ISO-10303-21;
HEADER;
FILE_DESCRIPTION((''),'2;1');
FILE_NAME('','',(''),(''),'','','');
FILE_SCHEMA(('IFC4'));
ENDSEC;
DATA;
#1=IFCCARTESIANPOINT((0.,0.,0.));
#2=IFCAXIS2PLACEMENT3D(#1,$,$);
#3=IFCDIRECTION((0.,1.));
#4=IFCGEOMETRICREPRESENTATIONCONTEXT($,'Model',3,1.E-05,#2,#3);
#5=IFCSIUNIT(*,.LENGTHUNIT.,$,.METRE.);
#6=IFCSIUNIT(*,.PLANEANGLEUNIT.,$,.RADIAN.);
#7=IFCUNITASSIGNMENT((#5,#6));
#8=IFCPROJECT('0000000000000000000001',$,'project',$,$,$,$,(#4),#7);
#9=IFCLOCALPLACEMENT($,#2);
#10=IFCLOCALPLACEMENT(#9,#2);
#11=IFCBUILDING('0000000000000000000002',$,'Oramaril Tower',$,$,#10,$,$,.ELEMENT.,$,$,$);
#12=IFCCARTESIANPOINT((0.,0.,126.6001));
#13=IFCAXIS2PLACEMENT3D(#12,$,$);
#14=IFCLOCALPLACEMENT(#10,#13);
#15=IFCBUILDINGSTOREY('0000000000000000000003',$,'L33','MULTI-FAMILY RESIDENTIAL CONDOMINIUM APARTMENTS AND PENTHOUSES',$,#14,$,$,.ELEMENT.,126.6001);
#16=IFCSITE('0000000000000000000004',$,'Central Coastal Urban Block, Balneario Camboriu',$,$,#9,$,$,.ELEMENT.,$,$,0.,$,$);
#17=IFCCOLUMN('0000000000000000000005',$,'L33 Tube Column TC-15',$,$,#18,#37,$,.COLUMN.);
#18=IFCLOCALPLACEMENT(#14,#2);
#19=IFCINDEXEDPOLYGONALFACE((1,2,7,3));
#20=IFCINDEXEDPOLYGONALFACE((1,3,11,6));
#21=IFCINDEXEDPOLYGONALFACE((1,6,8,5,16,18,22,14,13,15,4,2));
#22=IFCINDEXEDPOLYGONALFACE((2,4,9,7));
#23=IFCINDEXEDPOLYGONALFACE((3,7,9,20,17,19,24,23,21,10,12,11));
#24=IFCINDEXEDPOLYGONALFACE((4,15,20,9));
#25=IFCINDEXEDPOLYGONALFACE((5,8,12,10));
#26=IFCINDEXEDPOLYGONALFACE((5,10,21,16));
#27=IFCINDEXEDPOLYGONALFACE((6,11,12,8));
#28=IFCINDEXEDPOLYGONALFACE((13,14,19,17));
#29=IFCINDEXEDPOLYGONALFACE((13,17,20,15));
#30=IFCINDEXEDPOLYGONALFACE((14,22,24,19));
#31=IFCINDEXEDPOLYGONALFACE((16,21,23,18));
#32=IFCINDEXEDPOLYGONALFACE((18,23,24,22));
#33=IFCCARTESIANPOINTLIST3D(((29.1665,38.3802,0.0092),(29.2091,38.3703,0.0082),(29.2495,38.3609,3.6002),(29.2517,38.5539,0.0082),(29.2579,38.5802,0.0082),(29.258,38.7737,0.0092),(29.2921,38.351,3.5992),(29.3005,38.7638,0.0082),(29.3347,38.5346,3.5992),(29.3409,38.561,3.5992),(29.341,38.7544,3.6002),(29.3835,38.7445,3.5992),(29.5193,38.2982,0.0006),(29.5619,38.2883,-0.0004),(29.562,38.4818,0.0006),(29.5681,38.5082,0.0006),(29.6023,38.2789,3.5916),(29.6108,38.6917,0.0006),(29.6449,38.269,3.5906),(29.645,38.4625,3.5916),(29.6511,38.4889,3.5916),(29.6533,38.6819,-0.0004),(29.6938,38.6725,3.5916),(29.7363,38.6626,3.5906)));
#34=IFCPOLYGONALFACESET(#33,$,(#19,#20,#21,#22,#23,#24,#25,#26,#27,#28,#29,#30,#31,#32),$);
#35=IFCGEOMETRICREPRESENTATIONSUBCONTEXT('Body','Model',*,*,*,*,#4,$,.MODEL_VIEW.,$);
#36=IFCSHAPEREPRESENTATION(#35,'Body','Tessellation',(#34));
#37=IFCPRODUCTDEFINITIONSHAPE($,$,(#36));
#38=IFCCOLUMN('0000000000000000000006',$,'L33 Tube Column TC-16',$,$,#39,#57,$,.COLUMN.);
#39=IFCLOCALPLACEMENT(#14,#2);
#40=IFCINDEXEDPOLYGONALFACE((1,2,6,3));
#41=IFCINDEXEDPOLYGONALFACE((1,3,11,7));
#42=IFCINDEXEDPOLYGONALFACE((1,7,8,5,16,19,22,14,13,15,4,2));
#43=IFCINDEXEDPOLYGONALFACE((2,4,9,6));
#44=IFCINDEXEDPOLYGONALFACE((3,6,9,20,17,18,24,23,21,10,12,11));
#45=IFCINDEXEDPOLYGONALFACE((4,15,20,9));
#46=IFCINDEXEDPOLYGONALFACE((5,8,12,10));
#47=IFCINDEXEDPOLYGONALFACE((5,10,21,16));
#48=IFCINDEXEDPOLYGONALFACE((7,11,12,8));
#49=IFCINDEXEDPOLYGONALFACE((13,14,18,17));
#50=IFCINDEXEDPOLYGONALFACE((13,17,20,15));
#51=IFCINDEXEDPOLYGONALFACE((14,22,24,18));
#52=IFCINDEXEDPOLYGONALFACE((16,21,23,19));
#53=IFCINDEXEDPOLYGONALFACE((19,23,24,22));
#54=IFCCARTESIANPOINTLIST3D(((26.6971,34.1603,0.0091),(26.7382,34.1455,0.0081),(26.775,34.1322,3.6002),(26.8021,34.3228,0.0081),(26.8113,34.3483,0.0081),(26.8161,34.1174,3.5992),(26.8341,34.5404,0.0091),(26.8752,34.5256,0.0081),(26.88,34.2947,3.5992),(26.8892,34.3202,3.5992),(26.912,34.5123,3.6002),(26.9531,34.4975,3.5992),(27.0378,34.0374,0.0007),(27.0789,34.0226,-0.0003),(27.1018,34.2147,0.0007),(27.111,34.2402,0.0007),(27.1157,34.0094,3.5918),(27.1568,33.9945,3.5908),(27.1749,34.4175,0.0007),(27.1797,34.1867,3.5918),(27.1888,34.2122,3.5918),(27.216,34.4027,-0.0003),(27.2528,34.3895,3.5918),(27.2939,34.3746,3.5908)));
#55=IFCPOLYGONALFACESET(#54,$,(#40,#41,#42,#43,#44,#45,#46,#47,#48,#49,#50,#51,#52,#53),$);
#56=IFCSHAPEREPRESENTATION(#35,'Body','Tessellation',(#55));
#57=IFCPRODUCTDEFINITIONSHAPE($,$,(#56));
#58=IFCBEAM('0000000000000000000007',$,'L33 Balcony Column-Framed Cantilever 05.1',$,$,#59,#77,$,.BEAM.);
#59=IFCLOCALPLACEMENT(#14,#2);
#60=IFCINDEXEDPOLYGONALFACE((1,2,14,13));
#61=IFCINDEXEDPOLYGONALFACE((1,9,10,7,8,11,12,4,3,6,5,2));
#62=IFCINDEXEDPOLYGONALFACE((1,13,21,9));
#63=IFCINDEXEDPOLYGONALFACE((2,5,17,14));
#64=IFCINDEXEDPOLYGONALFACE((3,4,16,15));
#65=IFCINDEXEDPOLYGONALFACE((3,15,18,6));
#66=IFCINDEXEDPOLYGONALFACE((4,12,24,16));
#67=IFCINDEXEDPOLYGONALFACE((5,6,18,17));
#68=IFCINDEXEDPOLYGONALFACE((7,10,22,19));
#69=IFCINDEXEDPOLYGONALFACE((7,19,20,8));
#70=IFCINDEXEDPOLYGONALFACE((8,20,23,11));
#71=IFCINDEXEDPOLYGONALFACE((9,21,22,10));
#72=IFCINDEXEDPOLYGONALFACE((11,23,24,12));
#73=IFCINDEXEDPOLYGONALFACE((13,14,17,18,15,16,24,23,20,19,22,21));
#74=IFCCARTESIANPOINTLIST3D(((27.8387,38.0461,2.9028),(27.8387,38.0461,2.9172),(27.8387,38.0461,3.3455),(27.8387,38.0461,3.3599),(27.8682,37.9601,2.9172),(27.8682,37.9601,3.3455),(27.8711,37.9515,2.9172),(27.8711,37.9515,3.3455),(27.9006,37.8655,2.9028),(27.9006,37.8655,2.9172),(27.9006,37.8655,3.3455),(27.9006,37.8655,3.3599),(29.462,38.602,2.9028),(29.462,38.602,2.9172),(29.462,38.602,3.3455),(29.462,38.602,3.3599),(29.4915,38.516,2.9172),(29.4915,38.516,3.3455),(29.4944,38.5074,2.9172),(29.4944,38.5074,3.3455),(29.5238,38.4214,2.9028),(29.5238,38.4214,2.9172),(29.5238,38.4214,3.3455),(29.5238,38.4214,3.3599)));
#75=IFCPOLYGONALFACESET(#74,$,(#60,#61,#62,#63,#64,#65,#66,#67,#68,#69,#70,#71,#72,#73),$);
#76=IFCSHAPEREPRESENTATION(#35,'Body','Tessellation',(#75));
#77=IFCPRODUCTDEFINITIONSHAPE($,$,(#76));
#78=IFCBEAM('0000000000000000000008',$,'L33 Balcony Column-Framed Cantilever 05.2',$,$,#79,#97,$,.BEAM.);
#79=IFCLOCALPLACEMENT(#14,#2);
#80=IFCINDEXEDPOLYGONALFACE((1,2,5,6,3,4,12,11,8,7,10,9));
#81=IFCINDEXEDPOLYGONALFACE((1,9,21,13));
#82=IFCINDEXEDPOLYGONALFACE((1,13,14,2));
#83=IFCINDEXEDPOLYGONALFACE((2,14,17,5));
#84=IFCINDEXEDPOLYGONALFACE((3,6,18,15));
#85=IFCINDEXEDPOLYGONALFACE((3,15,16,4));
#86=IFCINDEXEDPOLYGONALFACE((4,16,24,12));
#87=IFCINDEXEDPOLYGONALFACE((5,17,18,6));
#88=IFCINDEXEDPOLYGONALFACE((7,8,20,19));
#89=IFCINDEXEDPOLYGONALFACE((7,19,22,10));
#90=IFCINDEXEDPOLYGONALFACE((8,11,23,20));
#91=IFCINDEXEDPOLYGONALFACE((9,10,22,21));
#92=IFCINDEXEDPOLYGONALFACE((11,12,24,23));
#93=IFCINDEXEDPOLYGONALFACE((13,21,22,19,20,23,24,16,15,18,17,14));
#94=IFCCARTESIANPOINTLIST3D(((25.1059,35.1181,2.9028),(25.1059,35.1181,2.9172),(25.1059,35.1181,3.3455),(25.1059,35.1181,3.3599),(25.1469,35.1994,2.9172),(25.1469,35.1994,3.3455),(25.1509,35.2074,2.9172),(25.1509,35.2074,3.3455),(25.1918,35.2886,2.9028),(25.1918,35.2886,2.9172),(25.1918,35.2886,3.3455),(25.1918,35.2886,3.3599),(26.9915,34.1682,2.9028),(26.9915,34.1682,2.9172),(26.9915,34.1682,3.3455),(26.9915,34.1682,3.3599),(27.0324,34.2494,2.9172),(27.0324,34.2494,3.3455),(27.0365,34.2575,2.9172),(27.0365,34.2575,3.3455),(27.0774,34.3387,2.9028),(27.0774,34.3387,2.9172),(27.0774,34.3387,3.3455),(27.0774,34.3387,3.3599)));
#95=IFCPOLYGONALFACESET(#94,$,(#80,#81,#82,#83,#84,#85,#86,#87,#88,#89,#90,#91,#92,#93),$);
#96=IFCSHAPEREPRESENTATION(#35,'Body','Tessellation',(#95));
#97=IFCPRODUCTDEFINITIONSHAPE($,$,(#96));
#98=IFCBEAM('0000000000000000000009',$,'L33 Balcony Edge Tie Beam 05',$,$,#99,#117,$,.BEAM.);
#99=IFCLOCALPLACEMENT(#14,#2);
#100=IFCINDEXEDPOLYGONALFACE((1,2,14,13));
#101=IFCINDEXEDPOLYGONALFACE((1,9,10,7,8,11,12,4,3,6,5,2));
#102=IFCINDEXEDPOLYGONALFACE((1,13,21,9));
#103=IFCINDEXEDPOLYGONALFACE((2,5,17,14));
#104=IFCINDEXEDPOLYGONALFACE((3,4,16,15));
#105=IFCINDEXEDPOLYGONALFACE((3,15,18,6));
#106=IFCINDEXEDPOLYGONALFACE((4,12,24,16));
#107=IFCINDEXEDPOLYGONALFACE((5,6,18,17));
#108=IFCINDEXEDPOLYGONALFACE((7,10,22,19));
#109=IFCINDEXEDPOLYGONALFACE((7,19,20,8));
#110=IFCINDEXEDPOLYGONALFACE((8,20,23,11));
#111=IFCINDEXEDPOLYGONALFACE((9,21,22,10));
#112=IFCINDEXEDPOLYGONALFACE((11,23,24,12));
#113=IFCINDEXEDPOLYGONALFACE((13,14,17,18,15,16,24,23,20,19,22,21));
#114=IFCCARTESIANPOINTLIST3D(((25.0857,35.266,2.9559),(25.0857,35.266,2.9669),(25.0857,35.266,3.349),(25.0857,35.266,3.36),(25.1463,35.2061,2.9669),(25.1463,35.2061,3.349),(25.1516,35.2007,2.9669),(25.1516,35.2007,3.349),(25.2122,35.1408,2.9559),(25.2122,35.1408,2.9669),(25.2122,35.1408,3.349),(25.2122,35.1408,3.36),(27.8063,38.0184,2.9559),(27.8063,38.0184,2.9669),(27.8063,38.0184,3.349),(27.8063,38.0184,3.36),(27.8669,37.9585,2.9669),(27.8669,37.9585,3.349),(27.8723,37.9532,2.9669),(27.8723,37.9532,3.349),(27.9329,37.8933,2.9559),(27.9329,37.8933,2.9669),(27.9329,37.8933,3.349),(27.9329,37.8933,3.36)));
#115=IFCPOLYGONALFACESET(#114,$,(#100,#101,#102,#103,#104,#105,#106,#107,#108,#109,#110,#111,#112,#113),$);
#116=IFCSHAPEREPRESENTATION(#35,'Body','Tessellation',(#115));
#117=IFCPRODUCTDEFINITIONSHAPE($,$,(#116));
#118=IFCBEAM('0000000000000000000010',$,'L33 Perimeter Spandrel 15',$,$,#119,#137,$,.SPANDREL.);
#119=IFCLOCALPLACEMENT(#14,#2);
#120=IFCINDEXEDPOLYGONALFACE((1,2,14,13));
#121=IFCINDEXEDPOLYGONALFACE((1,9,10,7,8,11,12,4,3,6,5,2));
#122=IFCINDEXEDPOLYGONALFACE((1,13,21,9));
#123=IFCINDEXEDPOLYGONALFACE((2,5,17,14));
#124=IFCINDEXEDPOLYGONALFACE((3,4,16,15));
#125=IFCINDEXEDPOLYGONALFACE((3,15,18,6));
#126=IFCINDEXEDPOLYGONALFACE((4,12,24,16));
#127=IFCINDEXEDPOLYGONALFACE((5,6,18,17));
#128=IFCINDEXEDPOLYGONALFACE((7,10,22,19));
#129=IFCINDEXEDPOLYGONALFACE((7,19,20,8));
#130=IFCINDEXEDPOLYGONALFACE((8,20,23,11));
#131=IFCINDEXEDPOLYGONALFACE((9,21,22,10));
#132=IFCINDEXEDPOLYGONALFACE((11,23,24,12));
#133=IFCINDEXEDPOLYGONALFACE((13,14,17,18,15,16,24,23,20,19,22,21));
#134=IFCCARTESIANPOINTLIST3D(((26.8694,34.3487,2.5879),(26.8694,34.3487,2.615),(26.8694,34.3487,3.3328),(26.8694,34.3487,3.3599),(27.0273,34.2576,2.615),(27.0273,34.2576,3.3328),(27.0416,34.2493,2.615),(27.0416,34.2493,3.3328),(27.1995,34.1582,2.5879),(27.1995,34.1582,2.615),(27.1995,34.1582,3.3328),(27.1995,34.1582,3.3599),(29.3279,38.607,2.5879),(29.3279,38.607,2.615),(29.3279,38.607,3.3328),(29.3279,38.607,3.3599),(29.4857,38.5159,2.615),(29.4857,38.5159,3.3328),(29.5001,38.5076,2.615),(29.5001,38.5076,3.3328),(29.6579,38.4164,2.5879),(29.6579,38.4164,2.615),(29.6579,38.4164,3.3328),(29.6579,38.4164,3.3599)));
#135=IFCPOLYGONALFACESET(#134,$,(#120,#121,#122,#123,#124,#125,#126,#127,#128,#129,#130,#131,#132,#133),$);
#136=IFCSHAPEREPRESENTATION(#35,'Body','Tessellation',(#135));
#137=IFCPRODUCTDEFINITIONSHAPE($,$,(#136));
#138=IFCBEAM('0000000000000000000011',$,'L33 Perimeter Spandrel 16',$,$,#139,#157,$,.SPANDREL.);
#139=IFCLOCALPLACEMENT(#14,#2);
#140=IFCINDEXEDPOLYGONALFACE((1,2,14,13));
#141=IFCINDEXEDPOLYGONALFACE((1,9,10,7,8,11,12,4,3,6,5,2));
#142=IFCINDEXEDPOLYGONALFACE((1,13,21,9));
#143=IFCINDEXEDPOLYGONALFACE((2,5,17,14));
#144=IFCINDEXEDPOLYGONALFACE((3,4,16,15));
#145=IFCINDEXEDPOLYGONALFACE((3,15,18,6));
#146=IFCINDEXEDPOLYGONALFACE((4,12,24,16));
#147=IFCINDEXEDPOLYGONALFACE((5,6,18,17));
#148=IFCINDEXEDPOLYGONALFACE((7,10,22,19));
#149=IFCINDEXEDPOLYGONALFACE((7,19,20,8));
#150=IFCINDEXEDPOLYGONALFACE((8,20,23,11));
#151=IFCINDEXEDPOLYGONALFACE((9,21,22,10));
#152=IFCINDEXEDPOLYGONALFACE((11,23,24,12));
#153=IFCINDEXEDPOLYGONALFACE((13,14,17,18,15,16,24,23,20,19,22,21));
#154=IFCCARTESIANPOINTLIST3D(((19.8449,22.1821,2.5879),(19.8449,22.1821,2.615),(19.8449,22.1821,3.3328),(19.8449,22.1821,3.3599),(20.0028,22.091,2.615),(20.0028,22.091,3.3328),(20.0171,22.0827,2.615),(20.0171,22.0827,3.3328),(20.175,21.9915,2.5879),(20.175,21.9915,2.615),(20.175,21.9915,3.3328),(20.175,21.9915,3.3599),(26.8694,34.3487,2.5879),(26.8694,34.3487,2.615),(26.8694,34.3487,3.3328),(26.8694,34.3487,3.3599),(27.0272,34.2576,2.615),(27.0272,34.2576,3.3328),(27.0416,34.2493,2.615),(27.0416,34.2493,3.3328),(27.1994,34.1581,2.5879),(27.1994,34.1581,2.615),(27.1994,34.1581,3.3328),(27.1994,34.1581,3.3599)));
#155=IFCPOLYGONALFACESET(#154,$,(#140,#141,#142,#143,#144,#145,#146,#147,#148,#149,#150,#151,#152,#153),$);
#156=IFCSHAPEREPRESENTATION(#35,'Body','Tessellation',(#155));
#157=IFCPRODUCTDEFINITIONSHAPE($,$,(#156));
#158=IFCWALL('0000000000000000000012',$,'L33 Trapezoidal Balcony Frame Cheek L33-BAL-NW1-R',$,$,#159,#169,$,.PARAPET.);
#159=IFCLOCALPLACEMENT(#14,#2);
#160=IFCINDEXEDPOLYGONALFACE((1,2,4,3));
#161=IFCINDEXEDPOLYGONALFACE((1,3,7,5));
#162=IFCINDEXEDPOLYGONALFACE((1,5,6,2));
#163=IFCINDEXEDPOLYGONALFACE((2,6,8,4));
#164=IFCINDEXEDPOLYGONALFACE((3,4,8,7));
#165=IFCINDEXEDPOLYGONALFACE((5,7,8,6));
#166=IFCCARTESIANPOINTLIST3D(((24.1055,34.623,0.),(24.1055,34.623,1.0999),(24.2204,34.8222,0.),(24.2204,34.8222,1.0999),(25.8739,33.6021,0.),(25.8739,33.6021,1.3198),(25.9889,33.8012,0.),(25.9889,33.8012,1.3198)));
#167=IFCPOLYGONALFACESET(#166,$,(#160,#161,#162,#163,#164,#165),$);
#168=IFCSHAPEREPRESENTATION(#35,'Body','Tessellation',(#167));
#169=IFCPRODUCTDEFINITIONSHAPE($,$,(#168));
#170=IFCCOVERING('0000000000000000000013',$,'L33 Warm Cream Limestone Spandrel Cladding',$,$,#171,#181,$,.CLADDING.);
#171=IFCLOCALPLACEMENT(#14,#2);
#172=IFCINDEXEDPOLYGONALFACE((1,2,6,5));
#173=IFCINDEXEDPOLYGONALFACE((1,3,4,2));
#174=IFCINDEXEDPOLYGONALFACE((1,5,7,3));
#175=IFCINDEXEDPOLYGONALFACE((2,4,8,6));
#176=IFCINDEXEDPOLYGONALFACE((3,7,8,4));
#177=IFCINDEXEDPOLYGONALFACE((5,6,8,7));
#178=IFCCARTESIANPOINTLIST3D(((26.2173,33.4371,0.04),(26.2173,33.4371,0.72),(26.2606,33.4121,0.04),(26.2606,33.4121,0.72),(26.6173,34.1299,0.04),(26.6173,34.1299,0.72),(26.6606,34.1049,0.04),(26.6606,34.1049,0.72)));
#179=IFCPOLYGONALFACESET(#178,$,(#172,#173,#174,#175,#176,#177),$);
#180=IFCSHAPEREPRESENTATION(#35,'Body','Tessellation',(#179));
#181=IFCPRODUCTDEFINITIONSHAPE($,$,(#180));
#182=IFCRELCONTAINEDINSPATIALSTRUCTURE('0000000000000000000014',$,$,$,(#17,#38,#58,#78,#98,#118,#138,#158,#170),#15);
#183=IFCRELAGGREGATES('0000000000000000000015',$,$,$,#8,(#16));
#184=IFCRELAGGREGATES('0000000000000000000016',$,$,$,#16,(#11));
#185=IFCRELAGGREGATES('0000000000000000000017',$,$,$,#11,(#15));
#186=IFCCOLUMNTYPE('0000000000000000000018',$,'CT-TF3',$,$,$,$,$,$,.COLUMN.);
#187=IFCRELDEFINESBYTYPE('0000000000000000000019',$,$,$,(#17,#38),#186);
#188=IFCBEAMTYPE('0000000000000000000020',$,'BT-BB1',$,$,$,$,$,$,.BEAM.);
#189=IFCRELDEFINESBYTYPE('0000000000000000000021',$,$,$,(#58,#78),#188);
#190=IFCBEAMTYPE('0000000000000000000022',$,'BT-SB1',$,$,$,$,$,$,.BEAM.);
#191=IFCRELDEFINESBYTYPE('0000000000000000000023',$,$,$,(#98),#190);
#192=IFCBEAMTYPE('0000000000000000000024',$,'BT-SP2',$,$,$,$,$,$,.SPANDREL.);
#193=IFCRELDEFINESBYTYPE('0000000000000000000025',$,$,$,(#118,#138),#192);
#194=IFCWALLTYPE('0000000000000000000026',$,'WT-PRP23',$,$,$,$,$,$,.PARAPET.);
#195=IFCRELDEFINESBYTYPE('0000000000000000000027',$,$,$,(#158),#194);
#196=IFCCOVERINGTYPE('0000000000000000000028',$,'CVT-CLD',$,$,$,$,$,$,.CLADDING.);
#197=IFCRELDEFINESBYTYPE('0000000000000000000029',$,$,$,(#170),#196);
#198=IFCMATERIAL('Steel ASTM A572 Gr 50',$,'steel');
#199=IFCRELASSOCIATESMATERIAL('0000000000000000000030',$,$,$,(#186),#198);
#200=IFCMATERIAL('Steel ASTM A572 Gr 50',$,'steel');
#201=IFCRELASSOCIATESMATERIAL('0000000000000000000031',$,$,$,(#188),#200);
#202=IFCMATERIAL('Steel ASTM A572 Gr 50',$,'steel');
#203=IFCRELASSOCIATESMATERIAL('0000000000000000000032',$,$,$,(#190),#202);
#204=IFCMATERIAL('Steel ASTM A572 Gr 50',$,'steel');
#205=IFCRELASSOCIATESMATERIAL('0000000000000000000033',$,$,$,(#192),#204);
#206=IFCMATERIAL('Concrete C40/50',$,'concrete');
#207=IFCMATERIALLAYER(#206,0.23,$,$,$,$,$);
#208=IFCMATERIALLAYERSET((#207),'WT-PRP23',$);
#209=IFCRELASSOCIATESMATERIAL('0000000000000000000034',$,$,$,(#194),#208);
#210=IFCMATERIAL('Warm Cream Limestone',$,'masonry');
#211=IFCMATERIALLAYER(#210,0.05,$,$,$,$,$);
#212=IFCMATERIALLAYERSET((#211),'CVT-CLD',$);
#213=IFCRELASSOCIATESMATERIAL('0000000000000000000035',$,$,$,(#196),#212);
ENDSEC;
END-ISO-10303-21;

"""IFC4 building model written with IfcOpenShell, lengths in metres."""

from ifc_helpers import new_model, si_unit, direction, frame, origin, origin_2d, place, context, subcontext, project, spatial, polyline, rectangle, i_section, outline, extrude, material, layer, layer_set, material_profile, profile_set, type_object, element, save


model = new_model("IFC4")

# Units and contexts
model_context = context("Model", 3, precision=1e-05, world=origin(), true_north=direction((0.0, 1.0)))
body_context = subcontext(model_context, "Body", "Model", "MODEL_VIEW")
ifc_project = project(units=[si_unit("LENGTHUNIT", "METRE"), si_unit("PLANEANGLEUNIT", "RADIAN")], contexts=[model_context])

# Site, building, storey
site_placement = place(None, origin())
site = spatial("IfcSite", under=ifc_project, at=site_placement, Name="Central Coastal Urban Block, Balneario Camboriu", CompositionType="ELEMENT", RefElevation=0.0)
building_placement = place(site_placement, origin())
building = spatial("IfcBuilding", under=site, at=building_placement, Name="Oramaril Tower", CompositionType="ELEMENT")
storey_placement = place(building_placement, frame((0.0, 0.0, 126.6001)))
storey = spatial("IfcBuildingStorey", under=building, at=storey_placement, Name="L33", Description="MULTI-FAMILY RESIDENTIAL CONDOMINIUM APARTMENTS AND PENTHOUSES", CompositionType="ELEMENT", Elevation=126.6001)

# Columns
ifc_material_1 = material(Name="Steel ASTM A572 Gr 50", Category="steel")
ifc_material_profile_1 = material_profile(ifc_material_1, i_section(OverallWidth=0.4041, OverallDepth=0.406, WebThickness=0.0271, FlangeThickness=0.0437, at=origin_2d()), Name="W14X233")
ifc_profile_set_1 = profile_set([ifc_material_profile_1], Name="Steel ASTM A572 Gr 50")
column_type = type_object("IfcColumnType", Name="CT-TF3", PredefinedType="COLUMN", material=ifc_profile_set_1)
for number, where, z_axis, x_axis, name in (
    (1, (29.4099, 38.531, 0.0044), (0.023109, -0.005369, 0.999719), (0.226324, 0.974052, 0.0), "L33 Tube Column TC-15"),
    (2, (26.9565, 34.2815, 0.0044), (0.021682, -0.007816, 0.999734), (0.339137, 0.940737, 0.0), "L33 Tube Column TC-16"),
):
    element("IfcColumn", number, at=place(storey_placement, frame(where, z_axis=z_axis, x_axis=x_axis)), inside=storey, type_object=column_type, Name=name, PredefinedType="COLUMN", context=body_context, shape_type="SweptSolid", body=[
        extrude(i_section(OverallWidth=0.4041, OverallDepth=0.406, WebThickness=0.0271, FlangeThickness=0.0437, at=origin_2d()), origin(), (0.0, 0.0, 1.0), 3.592),
    ])

# Beams
ifc_material_2 = material(Name="Steel ASTM A572 Gr 50", Category="steel")
ifc_material_profile_2 = material_profile(ifc_material_2, i_section(OverallWidth=0.1909, OverallDepth=0.457, WebThickness=0.009, FlangeThickness=0.0144, at=origin_2d()), Name="W18X50")
ifc_profile_set_2 = profile_set([ifc_material_profile_2], Name="Steel ASTM A572 Gr 50")
beam_type_1 = type_object("IfcBeamType", Name="BT-BB1", PredefinedType="BEAM", material=ifc_profile_set_2)
beam_1_placement = place(storey_placement, frame((29.4929, 38.5117, 3.1313), z_axis=(-0.946062, -0.323986, 0.0), x_axis=(0.323986, -0.946062, 0.0)))
element("IfcBeam", 3, at=beam_1_placement, inside=storey, type_object=beam_type_1, Name="L33 Balcony Column-Framed Cantilever 05.1", PredefinedType="BEAM", context=body_context, shape_type="SweptSolid", body=[
    extrude(i_section(OverallWidth=0.1909, OverallDepth=0.457, WebThickness=0.009, FlangeThickness=0.0144, at=origin_2d()), origin(), (0.0, 0.0, 1.0), 1.7158),
])
beam_2_placement = place(storey_placement, frame((27.0344, 34.2534, 3.1313), z_axis=(-0.893059, 0.449941, 0.0), x_axis=(-0.449941, -0.893059, 0.0)))
element("IfcBeam", 4, at=beam_2_placement, inside=storey, type_object=beam_type_1, Name="L33 Balcony Column-Framed Cantilever 05.2", PredefinedType="BEAM", context=body_context, shape_type="SweptSolid", body=[
    extrude(i_section(OverallWidth=0.1909, OverallDepth=0.457, WebThickness=0.009, FlangeThickness=0.0144, at=origin_2d()), origin(), (0.0, 0.0, 1.0), 2.1113),
])
ifc_material_3 = material(Name="Steel ASTM A572 Gr 50", Category="steel")
ifc_material_profile_3 = material_profile(ifc_material_3, i_section(OverallWidth=0.178, OverallDepth=0.4041, WebThickness=0.0076, FlangeThickness=0.011, at=origin_2d()), Name="W16X36")
ifc_profile_set_3 = profile_set([ifc_material_profile_3], Name="Steel ASTM A572 Gr 50")
beam_type_2 = type_object("IfcBeamType", Name="BT-SB1", PredefinedType="BEAM", material=ifc_profile_set_3)
beam_3_placement = place(storey_placement, frame((27.8696, 37.9558, 3.158), z_axis=(-0.702995, -0.711195, 0.0), x_axis=(0.711195, -0.702995, 0.0)))
element("IfcBeam", 5, at=beam_3_placement, inside=storey, type_object=beam_type_2, Name="L33 Balcony Edge Tie Beam 05", PredefinedType="BEAM", context=body_context, shape_type="SweptSolid", body=[
    extrude(i_section(OverallWidth=0.178, OverallDepth=0.4041, WebThickness=0.0076, FlangeThickness=0.011, at=origin_2d()), origin(), (0.0, 0.0, 1.0), 3.8701),
])
ifc_material_4 = material(Name="Steel ASTM A572 Gr 50", Category="steel")
ifc_material_profile_4 = material_profile(ifc_material_4, i_section(OverallWidth=0.3811, OverallDepth=0.772, WebThickness=0.0166, FlangeThickness=0.0271, at=origin_2d()), Name="W30X173")
ifc_profile_set_4 = profile_set([ifc_material_profile_4], Name="Steel ASTM A572 Gr 50")
beam_type_3 = type_object("IfcBeamType", Name="BT-SP2", PredefinedType="SPANDREL", material=ifc_profile_set_4)
beam_4_placement = place(storey_placement, frame((29.4929, 38.5117, 2.9739), z_axis=(-0.499995, -0.866028, 0.0), x_axis=(0.866028, -0.499995, 0.0)))
element("IfcBeam", 6, at=beam_4_placement, inside=storey, type_object=beam_type_3, Name="L33 Perimeter Spandrel 15", PredefinedType="SPANDREL", context=body_context, shape_type="SweptSolid", body=[
    extrude(i_section(OverallWidth=0.3811, OverallDepth=0.772, WebThickness=0.0166, FlangeThickness=0.0271, at=origin_2d()), origin(), (0.0, 0.0, 1.0), 4.917),
])
beam_5_placement = place(storey_placement, frame((27.0344, 34.2534, 2.9739), z_axis=(-0.500004, -0.866023, 0.0), x_axis=(0.866023, -0.500004, 0.0)))
element("IfcBeam", 7, at=beam_5_placement, inside=storey, type_object=beam_type_3, Name="L33 Perimeter Spandrel 16", PredefinedType="SPANDREL", context=body_context, shape_type="SweptSolid", body=[
    extrude(i_section(OverallWidth=0.3811, OverallDepth=0.772, WebThickness=0.0166, FlangeThickness=0.0271, at=origin_2d()), origin(), (0.0, 0.0, 1.0), 14.0488),
])

# Wall
ifc_material_5 = material(Name="Concrete C40/50", Category="concrete")
ifc_layer_1 = layer(ifc_material_5, 0.23)
ifc_layer_set_1 = layer_set([ifc_layer_1], Name="WT-PRP23")
wall_type = type_object("IfcWallType", Name="WT-PRP23", PredefinedType="PARAPET", material=ifc_layer_set_1)
wall_placement = place(storey_placement, frame((25.9314, 33.7017, 0.0), z_axis=(0.0, 0.0, 1.0), x_axis=(-0.866042, 0.499971, 0.0)))
element("IfcWall", 8, at=wall_placement, inside=storey, type_object=wall_type, Name="L33 Trapezoidal Balcony Frame Cheek L33-BAL-NW1-R", PredefinedType="PARAPET", context=body_context, shape_type="SweptSolid", body=[
    extrude(outline(polyline([(0.0, 0.0), (2.042, 0.0), (2.042, 1.0999), (0.0, 1.3198), (0.0, 0.0)])), frame((0.0, 0.115, 0.0), z_axis=(0.0, -1.0, 0.0), x_axis=(1.0, 0.0, 0.0)), (0.0, 0.0, 1.0), 0.23),
])

# Covering
ifc_material_6 = material(Name="Warm Cream Limestone", Category="masonry")
ifc_layer_2 = layer(ifc_material_6, 0.05)
ifc_layer_set_2 = layer_set([ifc_layer_2], Name="CVT-CLD")
covering_type = type_object("IfcCoveringType", Name="CVT-CLD", PredefinedType="CLADDING", material=ifc_layer_set_2)
covering_1_placement = place(storey_placement, frame((26.439, 33.771, 0.04), z_axis=(0.0, 0.0, 1.0), x_axis=(-0.499998, -0.866026, 0.0)))
element("IfcCovering", 9, at=covering_1_placement, inside=storey, type_object=covering_type, Name="L33 Warm Cream Limestone Spandrel Cladding", PredefinedType="CLADDING", context=body_context, shape_type="SweptSolid", body=[
    extrude(rectangle(XDim=0.8, YDim=0.05, at=origin_2d()), origin(), (0.0, 0.0, 1.0), 0.6799),
])

save(model, "model.ifc")
